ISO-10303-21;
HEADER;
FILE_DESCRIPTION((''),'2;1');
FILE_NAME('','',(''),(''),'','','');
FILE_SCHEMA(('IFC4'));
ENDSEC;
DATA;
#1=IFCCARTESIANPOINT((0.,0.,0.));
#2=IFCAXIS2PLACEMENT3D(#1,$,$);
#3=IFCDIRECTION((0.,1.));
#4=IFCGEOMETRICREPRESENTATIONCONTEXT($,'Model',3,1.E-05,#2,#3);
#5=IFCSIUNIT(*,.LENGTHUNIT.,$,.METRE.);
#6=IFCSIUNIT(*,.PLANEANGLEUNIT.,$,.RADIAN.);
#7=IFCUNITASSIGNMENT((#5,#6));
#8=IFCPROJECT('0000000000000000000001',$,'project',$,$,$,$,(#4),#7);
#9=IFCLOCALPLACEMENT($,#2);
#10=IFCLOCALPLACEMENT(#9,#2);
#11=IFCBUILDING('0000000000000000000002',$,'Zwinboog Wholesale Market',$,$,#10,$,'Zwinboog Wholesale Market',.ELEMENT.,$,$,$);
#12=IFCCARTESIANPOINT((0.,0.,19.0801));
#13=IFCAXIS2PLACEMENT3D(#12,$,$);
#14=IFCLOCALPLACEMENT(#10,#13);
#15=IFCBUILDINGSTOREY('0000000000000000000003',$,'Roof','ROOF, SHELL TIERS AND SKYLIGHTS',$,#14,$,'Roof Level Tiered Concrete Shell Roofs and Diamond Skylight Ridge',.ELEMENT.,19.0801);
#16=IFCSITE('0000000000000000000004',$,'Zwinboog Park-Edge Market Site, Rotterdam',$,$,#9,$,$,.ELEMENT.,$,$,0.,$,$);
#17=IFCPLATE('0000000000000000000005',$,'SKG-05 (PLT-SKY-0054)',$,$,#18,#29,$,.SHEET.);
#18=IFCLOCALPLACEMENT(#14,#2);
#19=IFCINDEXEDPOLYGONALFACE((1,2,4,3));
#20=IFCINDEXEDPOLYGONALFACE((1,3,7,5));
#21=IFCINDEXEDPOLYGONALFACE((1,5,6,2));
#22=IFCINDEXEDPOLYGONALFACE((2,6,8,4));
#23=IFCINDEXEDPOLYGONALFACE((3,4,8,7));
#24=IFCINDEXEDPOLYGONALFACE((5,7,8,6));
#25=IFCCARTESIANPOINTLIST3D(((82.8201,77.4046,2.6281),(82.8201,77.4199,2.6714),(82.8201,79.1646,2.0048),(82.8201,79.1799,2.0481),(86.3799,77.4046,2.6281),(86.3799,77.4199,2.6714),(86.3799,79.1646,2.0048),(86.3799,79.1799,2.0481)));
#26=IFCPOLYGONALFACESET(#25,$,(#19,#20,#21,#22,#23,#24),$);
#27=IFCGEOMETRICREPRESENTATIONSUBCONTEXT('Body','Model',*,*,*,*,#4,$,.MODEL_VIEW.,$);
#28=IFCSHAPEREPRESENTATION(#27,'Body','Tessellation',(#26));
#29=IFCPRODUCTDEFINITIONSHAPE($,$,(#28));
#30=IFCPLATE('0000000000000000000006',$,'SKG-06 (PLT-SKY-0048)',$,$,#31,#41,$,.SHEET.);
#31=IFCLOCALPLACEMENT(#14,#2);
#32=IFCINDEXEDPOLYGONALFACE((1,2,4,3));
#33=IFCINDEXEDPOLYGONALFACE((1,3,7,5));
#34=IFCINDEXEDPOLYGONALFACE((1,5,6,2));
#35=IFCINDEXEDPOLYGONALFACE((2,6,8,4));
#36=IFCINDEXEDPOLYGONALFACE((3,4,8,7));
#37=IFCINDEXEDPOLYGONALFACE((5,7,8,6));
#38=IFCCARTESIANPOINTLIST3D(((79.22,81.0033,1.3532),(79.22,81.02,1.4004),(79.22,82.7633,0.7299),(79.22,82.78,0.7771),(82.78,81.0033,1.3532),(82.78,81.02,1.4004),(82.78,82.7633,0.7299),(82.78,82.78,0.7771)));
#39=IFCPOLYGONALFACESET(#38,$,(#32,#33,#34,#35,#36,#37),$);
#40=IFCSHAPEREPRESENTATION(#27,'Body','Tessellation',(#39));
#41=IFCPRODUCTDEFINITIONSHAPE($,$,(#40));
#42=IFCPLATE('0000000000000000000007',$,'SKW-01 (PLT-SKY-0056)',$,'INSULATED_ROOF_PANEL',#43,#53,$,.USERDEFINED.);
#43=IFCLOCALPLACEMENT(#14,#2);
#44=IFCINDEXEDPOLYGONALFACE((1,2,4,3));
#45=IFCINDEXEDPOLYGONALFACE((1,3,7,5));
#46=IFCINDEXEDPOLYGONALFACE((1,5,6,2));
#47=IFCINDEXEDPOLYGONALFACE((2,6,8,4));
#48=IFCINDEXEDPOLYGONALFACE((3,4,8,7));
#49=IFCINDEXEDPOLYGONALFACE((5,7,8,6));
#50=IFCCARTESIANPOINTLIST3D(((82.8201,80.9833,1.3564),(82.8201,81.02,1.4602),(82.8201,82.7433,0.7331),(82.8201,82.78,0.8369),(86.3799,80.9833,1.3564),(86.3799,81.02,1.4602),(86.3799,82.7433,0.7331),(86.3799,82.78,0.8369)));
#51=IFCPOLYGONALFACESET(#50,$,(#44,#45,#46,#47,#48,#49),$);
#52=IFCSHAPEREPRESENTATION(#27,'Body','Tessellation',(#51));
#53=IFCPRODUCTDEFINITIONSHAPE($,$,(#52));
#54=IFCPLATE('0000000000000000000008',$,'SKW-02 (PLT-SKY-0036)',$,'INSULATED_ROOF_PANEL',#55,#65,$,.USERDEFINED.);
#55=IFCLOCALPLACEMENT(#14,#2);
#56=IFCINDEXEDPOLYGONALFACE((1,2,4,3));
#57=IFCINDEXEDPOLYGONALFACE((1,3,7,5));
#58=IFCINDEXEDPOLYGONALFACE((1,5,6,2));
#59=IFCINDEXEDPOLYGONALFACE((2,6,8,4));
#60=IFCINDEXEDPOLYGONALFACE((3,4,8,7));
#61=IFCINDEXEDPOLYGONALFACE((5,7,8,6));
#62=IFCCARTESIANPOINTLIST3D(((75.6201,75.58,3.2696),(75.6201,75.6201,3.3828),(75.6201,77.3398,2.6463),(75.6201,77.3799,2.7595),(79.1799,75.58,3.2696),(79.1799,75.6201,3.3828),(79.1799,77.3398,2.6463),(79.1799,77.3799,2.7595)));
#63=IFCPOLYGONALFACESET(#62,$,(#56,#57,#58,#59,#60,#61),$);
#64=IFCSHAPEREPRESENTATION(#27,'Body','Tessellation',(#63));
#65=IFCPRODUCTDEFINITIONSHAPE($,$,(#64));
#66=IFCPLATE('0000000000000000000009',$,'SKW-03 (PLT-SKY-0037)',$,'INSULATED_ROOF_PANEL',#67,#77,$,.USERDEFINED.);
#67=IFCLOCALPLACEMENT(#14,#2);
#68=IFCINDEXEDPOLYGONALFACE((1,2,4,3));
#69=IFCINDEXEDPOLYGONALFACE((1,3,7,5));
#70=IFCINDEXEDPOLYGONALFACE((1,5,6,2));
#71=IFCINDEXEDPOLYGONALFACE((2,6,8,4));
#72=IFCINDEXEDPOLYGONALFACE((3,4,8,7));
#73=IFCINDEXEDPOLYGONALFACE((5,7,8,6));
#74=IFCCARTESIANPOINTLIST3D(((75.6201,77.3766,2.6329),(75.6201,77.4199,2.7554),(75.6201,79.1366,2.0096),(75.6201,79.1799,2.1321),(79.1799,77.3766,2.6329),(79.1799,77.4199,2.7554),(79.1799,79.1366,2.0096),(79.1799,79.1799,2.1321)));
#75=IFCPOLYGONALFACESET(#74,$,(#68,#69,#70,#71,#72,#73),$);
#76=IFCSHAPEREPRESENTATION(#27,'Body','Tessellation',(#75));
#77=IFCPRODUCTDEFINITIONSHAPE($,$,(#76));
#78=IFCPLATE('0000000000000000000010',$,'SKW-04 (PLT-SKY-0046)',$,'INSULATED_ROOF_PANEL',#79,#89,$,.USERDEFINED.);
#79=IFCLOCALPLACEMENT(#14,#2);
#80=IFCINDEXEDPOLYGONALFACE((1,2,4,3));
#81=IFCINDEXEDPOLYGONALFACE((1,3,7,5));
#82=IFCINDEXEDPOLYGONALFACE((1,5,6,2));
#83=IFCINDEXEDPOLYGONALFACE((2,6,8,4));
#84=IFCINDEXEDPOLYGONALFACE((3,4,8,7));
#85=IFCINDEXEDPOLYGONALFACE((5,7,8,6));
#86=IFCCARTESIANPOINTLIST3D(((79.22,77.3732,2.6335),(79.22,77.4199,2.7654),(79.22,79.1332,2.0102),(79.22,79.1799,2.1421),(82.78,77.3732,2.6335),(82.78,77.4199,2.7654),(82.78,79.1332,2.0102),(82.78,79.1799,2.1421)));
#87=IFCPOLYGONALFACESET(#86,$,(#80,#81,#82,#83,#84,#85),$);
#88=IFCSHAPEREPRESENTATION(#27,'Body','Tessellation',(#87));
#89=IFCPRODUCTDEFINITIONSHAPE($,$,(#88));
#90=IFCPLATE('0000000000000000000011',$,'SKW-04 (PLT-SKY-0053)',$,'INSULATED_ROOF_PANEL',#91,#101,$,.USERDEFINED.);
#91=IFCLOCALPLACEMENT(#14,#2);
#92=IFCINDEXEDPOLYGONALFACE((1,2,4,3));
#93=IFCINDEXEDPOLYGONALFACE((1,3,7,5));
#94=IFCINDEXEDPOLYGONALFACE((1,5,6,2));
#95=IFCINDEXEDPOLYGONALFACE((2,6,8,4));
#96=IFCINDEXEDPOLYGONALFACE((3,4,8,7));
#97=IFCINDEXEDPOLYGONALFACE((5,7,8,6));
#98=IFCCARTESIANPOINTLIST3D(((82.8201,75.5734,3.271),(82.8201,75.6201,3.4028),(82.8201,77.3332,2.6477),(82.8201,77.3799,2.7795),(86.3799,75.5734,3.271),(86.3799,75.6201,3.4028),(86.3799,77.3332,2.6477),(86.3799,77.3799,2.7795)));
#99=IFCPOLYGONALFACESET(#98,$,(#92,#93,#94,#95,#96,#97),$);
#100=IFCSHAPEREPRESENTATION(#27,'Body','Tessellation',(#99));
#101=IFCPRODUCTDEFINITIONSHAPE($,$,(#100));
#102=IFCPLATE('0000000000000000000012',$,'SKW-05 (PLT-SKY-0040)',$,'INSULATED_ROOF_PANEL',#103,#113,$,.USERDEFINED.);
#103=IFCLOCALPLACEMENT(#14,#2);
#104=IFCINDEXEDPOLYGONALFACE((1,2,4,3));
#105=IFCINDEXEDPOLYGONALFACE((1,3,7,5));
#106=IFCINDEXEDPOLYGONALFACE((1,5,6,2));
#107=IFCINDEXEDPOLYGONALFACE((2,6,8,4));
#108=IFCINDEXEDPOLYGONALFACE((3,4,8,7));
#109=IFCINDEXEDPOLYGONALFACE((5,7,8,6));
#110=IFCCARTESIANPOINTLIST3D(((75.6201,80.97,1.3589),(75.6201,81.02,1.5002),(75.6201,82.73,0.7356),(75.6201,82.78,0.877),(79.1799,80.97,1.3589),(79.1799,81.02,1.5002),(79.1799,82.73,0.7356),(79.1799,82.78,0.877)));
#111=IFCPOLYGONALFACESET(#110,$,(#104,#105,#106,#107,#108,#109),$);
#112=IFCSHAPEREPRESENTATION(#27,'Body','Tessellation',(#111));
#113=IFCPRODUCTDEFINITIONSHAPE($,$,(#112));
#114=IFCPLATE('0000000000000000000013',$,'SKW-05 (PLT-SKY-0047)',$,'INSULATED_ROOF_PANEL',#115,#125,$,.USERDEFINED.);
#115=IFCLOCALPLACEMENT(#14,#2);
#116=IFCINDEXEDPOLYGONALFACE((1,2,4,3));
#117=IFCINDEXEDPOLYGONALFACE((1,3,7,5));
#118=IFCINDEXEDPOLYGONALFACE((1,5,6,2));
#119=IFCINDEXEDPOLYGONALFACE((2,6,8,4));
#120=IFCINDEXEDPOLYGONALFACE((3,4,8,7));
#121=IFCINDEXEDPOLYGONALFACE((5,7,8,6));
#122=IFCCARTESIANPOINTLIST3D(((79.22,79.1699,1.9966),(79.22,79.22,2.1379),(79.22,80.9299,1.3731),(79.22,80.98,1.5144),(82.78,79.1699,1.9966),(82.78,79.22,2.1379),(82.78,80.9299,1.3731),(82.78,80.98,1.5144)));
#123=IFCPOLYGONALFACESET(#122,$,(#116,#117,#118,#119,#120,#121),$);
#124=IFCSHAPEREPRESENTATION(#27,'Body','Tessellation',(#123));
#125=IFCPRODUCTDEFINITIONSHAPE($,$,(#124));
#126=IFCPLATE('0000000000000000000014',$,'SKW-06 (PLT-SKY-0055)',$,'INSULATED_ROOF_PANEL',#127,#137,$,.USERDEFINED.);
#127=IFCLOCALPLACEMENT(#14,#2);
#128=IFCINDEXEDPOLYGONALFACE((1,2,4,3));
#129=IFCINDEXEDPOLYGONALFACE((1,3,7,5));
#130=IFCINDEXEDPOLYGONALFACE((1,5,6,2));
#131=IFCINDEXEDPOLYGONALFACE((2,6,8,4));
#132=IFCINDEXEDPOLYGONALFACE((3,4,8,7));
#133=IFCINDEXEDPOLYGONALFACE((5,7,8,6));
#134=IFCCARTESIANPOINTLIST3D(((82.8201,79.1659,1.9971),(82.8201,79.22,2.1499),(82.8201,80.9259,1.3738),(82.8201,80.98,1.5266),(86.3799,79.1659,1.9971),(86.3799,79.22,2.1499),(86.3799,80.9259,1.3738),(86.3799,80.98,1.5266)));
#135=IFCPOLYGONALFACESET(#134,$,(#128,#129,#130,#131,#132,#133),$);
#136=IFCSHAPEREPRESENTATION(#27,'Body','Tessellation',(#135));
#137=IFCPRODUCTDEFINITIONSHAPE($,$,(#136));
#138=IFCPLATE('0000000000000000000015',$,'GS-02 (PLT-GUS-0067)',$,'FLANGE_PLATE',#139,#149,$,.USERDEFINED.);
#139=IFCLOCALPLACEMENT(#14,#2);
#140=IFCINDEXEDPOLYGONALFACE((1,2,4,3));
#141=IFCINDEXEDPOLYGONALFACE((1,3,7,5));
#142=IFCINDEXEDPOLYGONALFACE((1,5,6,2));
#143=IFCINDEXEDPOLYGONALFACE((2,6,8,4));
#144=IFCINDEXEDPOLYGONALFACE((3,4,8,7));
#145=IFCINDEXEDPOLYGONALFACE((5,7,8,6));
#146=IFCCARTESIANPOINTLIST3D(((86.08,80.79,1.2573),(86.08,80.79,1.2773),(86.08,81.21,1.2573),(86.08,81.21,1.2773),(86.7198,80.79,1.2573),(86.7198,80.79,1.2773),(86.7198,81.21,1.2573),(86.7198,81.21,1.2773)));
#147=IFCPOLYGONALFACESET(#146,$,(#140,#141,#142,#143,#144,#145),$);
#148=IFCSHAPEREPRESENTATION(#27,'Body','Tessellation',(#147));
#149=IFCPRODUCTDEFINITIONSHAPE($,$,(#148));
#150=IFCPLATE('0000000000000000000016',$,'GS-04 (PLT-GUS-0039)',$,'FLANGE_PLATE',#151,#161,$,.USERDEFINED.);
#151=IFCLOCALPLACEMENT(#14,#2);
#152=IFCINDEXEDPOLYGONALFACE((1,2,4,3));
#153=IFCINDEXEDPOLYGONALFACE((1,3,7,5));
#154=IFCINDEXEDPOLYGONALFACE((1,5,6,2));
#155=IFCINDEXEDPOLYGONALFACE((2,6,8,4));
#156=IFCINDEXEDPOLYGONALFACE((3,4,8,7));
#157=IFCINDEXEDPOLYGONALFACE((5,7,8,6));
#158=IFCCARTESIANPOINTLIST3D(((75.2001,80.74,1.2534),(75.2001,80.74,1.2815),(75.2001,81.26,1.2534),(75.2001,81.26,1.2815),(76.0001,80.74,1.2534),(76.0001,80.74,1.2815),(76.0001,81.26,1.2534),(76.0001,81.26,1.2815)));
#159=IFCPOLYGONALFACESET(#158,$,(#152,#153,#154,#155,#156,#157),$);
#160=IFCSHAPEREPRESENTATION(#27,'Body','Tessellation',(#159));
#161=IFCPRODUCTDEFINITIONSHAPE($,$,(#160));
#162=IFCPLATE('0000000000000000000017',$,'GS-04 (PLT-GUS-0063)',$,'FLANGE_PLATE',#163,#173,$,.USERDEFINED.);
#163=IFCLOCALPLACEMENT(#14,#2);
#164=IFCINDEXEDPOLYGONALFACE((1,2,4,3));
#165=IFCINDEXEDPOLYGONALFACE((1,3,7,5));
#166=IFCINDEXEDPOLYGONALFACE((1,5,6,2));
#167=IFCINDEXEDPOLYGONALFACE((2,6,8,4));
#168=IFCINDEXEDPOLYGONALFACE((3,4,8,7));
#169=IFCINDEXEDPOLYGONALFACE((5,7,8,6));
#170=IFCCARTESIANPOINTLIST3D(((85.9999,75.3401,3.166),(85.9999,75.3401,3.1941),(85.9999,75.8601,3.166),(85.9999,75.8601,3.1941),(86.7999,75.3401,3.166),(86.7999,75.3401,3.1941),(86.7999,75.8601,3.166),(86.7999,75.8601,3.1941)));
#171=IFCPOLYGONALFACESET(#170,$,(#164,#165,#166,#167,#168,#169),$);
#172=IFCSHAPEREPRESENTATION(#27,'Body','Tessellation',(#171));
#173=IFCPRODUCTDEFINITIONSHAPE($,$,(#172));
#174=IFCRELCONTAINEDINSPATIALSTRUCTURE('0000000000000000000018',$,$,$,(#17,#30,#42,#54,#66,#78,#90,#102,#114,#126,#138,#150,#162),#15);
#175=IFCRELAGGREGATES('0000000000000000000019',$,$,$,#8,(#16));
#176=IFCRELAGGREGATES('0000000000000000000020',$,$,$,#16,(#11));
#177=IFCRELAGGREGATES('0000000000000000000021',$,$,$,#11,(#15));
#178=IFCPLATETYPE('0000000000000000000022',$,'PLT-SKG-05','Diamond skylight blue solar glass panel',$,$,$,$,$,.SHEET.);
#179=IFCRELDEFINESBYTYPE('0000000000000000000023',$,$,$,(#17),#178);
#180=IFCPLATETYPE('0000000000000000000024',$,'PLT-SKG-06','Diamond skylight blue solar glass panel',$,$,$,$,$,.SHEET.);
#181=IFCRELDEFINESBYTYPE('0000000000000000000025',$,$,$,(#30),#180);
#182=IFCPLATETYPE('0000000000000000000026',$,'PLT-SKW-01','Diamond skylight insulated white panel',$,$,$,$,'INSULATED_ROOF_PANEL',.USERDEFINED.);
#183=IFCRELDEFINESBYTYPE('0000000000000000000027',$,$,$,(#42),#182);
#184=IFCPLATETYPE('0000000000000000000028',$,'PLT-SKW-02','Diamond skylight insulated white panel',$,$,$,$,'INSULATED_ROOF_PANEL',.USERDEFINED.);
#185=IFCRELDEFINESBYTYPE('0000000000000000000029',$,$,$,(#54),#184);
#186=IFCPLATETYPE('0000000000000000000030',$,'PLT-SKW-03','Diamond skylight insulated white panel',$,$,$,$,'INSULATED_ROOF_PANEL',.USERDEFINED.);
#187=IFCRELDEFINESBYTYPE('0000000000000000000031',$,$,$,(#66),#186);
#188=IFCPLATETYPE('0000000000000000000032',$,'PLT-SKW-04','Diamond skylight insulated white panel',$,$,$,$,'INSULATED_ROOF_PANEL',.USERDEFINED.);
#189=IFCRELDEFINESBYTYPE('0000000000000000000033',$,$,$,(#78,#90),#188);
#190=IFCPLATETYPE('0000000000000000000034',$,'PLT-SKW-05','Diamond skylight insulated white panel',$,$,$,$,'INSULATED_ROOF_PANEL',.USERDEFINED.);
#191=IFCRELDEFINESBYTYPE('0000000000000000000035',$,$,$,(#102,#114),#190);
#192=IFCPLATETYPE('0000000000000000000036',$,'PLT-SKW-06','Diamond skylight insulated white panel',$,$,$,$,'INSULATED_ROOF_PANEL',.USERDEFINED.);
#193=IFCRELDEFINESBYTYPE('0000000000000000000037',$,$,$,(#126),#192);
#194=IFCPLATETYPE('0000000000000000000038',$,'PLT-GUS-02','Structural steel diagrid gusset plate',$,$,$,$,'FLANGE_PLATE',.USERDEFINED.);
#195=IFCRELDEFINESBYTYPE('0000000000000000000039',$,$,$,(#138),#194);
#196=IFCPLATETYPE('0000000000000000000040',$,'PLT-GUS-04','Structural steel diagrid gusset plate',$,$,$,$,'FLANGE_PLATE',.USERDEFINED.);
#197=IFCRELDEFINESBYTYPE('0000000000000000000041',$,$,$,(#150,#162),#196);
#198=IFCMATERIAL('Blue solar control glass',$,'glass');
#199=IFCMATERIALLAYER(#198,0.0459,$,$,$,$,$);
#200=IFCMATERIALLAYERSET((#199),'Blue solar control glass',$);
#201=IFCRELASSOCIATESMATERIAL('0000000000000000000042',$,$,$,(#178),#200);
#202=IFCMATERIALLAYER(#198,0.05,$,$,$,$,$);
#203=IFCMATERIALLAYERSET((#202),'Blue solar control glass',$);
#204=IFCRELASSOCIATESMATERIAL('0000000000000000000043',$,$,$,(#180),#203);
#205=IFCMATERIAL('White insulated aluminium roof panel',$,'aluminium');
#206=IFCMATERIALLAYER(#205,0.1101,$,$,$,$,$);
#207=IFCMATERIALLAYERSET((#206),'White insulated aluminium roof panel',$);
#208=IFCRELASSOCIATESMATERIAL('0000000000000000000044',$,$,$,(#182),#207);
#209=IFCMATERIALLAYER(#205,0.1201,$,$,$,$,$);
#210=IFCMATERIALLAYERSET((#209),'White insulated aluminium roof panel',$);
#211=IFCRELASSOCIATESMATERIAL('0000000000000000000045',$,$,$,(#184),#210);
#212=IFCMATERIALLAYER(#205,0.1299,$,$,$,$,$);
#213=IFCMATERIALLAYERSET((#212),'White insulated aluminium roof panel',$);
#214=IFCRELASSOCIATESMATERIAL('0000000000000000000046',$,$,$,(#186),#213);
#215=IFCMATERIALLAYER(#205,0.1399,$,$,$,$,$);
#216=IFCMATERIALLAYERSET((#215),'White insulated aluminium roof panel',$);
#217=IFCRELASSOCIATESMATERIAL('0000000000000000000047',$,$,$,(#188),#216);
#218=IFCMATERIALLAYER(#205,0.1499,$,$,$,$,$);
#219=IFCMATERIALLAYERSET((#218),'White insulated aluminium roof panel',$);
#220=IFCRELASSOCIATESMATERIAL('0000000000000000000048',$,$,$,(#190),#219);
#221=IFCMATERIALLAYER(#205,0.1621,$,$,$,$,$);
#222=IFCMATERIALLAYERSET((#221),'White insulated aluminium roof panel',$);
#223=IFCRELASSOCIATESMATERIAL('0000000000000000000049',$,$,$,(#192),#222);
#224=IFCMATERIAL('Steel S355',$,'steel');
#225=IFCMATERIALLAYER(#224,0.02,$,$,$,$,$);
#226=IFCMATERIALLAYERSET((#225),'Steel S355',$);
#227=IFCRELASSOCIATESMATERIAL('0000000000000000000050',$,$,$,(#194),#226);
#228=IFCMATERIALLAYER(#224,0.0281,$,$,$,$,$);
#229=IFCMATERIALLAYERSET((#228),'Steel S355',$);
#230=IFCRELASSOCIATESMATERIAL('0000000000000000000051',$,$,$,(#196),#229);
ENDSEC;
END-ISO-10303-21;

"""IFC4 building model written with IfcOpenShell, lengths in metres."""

from ifc_helpers import new_model, si_unit, direction, frame, origin, origin_2d, place, context, subcontext, project, spatial, polyline, rectangle, outline, extrude, material, layer, layer_set, type_object, element, save


model = new_model("IFC4")

# Units and contexts
model_context = context("Model", 3, precision=1e-05, world=origin(), true_north=direction((0.0, 1.0)))
body_context = subcontext(model_context, "Body", "Model", "MODEL_VIEW")
ifc_project = project(units=[si_unit("LENGTHUNIT", "METRE"), si_unit("PLANEANGLEUNIT", "RADIAN")], contexts=[model_context])

# Site, building, storey
site_placement = place(None, origin())
site = spatial("IfcSite", under=ifc_project, at=site_placement, Name="Zwinboog Park-Edge Market Site, Rotterdam", CompositionType="ELEMENT", RefElevation=0.0)
building_placement = place(site_placement, origin())
building = spatial("IfcBuilding", under=site, at=building_placement, Name="Zwinboog Wholesale Market", LongName="Zwinboog Wholesale Market", CompositionType="ELEMENT")
storey_placement = place(building_placement, frame((0.0, 0.0, 19.0801)))
storey = spatial("IfcBuildingStorey", under=building, at=storey_placement, Name="Roof", Description="ROOF, SHELL TIERS AND SKYLIGHTS", LongName="Roof Level Tiered Concrete Shell Roofs and Diamond Skylight Ridge", CompositionType="ELEMENT", Elevation=19.0801)

# Shared definitions
ifc_material_1 = material(Name="Steel S355", Category="steel")

# Plates
ifc_material_2 = material(Name="Blue solar control glass", Category="glass")
ifc_layer_1 = layer(ifc_material_2, 0.0459)
ifc_layer_set_1 = layer_set([ifc_layer_1], Name="Blue solar control glass")
plate_type_1 = type_object("IfcPlateType", Name="PLT-SKG-05", Description="Diamond skylight blue solar glass panel", PredefinedType="SHEET", material=ifc_layer_set_1)
plate_1_placement = place(storey_placement, frame((82.8201, 77.4199, 2.6714), z_axis=(0.0, 0.333825, 0.942635), x_axis=(1.0, 0.0, 0.0)))
element("IfcPlate", 1, at=plate_1_placement, inside=storey, type_object=plate_type_1, Name="SKG-05 (PLT-SKY-0054)", PredefinedType="SHEET", context=body_context, shape_type="SweptSolid", body=[
    extrude(outline(polyline([(0.0, 0.0), (3.5598, 0.0), (3.5598, 1.8671), (0.0, 1.8671), (0.0, 0.0)])), origin(), (0.0, 0.0, -1.0), 0.0459),
])
ifc_layer_2 = layer(ifc_material_2, 0.05)
ifc_layer_set_2 = layer_set([ifc_layer_2], Name="Blue solar control glass")
plate_type_2 = type_object("IfcPlateType", Name="PLT-SKG-06", Description="Diamond skylight blue solar glass panel", PredefinedType="SHEET", material=ifc_layer_set_2)
plate_2_placement = place(storey_placement, frame((79.22, 81.02, 1.4004), z_axis=(0.0, 0.333825, 0.942635), x_axis=(1.0, 0.0, 0.0)))
element("IfcPlate", 2, at=plate_2_placement, inside=storey, type_object=plate_type_2, Name="SKG-06 (PLT-SKY-0048)", PredefinedType="SHEET", context=body_context, shape_type="SweptSolid", body=[
    extrude(outline(polyline([(0.0, 0.0), (3.5601, 0.0), (3.5601, 1.8671), (0.0, 1.8671), (0.0, 0.0)])), origin(), (0.0, 0.0, -1.0), 0.05),
])
ifc_material_3 = material(Name="White insulated aluminium roof panel", Category="aluminium")
ifc_layer_3 = layer(ifc_material_3, 0.1101)
ifc_layer_set_3 = layer_set([ifc_layer_3], Name="White insulated aluminium roof panel")
plate_type_3 = type_object("IfcPlateType", Name="PLT-SKW-01", Description="Diamond skylight insulated white panel", ElementType="INSULATED_ROOF_PANEL", PredefinedType="USERDEFINED", material=ifc_layer_set_3)
plate_3_placement = place(storey_placement, frame((82.8201, 81.02, 1.4602), z_axis=(0.0, 0.333825, 0.942635), x_axis=(1.0, 0.0, 0.0)))
element("IfcPlate", 3, at=plate_3_placement, inside=storey, type_object=plate_type_3, Name="SKW-01 (PLT-SKY-0056)", ObjectType="INSULATED_ROOF_PANEL", PredefinedType="USERDEFINED", context=body_context, shape_type="SweptSolid", body=[
    extrude(outline(polyline([(0.0, 0.0), (3.5598, 0.0), (3.5598, 1.8671), (0.0, 1.8671), (0.0, 0.0)])), origin(), (0.0, 0.0, -1.0), 0.1101),
])
ifc_layer_4 = layer(ifc_material_3, 0.1201)
ifc_layer_set_4 = layer_set([ifc_layer_4], Name="White insulated aluminium roof panel")
plate_type_4 = type_object("IfcPlateType", Name="PLT-SKW-02", Description="Diamond skylight insulated white panel", ElementType="INSULATED_ROOF_PANEL", PredefinedType="USERDEFINED", material=ifc_layer_set_4)
plate_4_placement = place(storey_placement, frame((75.6201, 75.6201, 3.3828), z_axis=(0.0, 0.333867, 0.94262), x_axis=(1.0, 0.0, 0.0)))
element("IfcPlate", 4, at=plate_4_placement, inside=storey, type_object=plate_type_4, Name="SKW-02 (PLT-SKY-0036)", ObjectType="INSULATED_ROOF_PANEL", PredefinedType="USERDEFINED", context=body_context, shape_type="SweptSolid", body=[
    extrude(outline(polyline([(0.0, 0.0), (3.5598, 0.0), (3.5598, 1.8669), (0.0, 1.8669), (0.0, 0.0)])), origin(), (0.0, 0.0, -1.0), 0.1201),
])
ifc_layer_5 = layer(ifc_material_3, 0.1299)
ifc_layer_set_5 = layer_set([ifc_layer_5], Name="White insulated aluminium roof panel")
plate_type_5 = type_object("IfcPlateType", Name="PLT-SKW-03", Description="Diamond skylight insulated white panel", ElementType="INSULATED_ROOF_PANEL", PredefinedType="USERDEFINED", material=ifc_layer_set_5)
plate_5_placement = place(storey_placement, frame((75.6201, 77.4199, 2.7554), z_axis=(0.0, 0.333825, 0.942635), x_axis=(1.0, 0.0, 0.0)))
element("IfcPlate", 5, at=plate_5_placement, inside=storey, type_object=plate_type_5, Name="SKW-03 (PLT-SKY-0037)", ObjectType="INSULATED_ROOF_PANEL", PredefinedType="USERDEFINED", context=body_context, shape_type="SweptSolid", body=[
    extrude(outline(polyline([(0.0, 0.0), (3.5598, 0.0), (3.5598, 1.8671), (0.0, 1.8671), (0.0, 0.0)])), origin(), (0.0, 0.0, -1.0), 0.1299),
])
ifc_layer_6 = layer(ifc_material_3, 0.1399)
ifc_layer_set_6 = layer_set([ifc_layer_6], Name="White insulated aluminium roof panel")
plate_type_6 = type_object("IfcPlateType", Name="PLT-SKW-04", Description="Diamond skylight insulated white panel", ElementType="INSULATED_ROOF_PANEL", PredefinedType="USERDEFINED", material=ifc_layer_set_6)
plate_6_placement = place(storey_placement, frame((79.22, 77.4199, 2.7654), z_axis=(0.0, 0.333825, 0.942635), x_axis=(1.0, 0.0, 0.0)))
element("IfcPlate", 6, at=plate_6_placement, inside=storey, type_object=plate_type_6, Name="SKW-04 (PLT-SKY-0046)", ObjectType="INSULATED_ROOF_PANEL", PredefinedType="USERDEFINED", context=body_context, shape_type="SweptSolid", body=[
    extrude(outline(polyline([(0.0, 0.0), (3.5601, 0.0), (3.5601, 1.8671), (0.0, 1.8671), (0.0, 0.0)])), origin(), (0.0, 0.0, -1.0), 0.1399),
])
plate_7_placement = place(storey_placement, frame((82.8201, 75.6201, 3.4028), z_axis=(0.0, 0.333867, 0.94262), x_axis=(1.0, 0.0, 0.0)))
element("IfcPlate", 7, at=plate_7_placement, inside=storey, type_object=plate_type_6, Name="SKW-04 (PLT-SKY-0053)", ObjectType="INSULATED_ROOF_PANEL", PredefinedType="USERDEFINED", context=body_context, shape_type="SweptSolid", body=[
    extrude(outline(polyline([(0.0, 0.0), (3.5598, 0.0), (3.5598, 1.8669), (0.0, 1.8669), (0.0, 0.0)])), origin(), (0.0, 0.0, -1.0), 0.1399),
])
ifc_layer_7 = layer(ifc_material_3, 0.1499)
ifc_layer_set_7 = layer_set([ifc_layer_7], Name="White insulated aluminium roof panel")
plate_type_7 = type_object("IfcPlateType", Name="PLT-SKW-05", Description="Diamond skylight insulated white panel", ElementType="INSULATED_ROOF_PANEL", PredefinedType="USERDEFINED", material=ifc_layer_set_7)
plate_8_placement = place(storey_placement, frame((75.6201, 81.02, 1.5002), z_axis=(0.0, 0.333825, 0.942635), x_axis=(1.0, 0.0, 0.0)))
element("IfcPlate", 8, at=plate_8_placement, inside=storey, type_object=plate_type_7, Name="SKW-05 (PLT-SKY-0040)", ObjectType="INSULATED_ROOF_PANEL", PredefinedType="USERDEFINED", context=body_context, shape_type="SweptSolid", body=[
    extrude(outline(polyline([(0.0, 0.0), (3.5598, 0.0), (3.5598, 1.8671), (0.0, 1.8671), (0.0, 0.0)])), origin(), (0.0, 0.0, -1.0), 0.1499),
])
plate_9_placement = place(storey_placement, frame((79.22, 79.22, 2.1379), z_axis=(0.0, 0.333942, 0.942594), x_axis=(1.0, 0.0, 0.0)))
element("IfcPlate", 9, at=plate_9_placement, inside=storey, type_object=plate_type_7, Name="SKW-05 (PLT-SKY-0047)", ObjectType="INSULATED_ROOF_PANEL", PredefinedType="USERDEFINED", context=body_context, shape_type="SweptSolid", body=[
    extrude(outline(polyline([(0.0, 0.0), (3.5601, 0.0), (3.5601, 1.8672), (0.0, 1.8672), (0.0, 0.0)])), origin(), (0.0, 0.0, -1.0), 0.1499),
])
ifc_layer_8 = layer(ifc_material_3, 0.1621)
ifc_layer_set_8 = layer_set([ifc_layer_8], Name="White insulated aluminium roof panel")
plate_type_8 = type_object("IfcPlateType", Name="PLT-SKW-06", Description="Diamond skylight insulated white panel", ElementType="INSULATED_ROOF_PANEL", PredefinedType="USERDEFINED", material=ifc_layer_set_8)
plate_10_placement = place(storey_placement, frame((82.8201, 79.22, 2.1499), z_axis=(0.0, 0.333825, 0.942635), x_axis=(1.0, 0.0, 0.0)))
element("IfcPlate", 10, at=plate_10_placement, inside=storey, type_object=plate_type_8, Name="SKW-06 (PLT-SKY-0055)", ObjectType="INSULATED_ROOF_PANEL", PredefinedType="USERDEFINED", context=body_context, shape_type="SweptSolid", body=[
    extrude(outline(polyline([(0.0, 0.0), (3.5598, 0.0), (3.5598, 1.8671), (0.0, 1.8671), (0.0, 0.0)])), origin(), (0.0, 0.0, -1.0), 0.1621),
])
ifc_layer_9 = layer(ifc_material_1, 0.02)
ifc_layer_set_9 = layer_set([ifc_layer_9], Name="Steel S355")
plate_type_9 = type_object("IfcPlateType", Name="PLT-GUS-02", Description="Structural steel diagrid gusset plate", ElementType="FLANGE_PLATE", PredefinedType="USERDEFINED", material=ifc_layer_set_9)
plate_11_placement = place(storey_placement, frame((86.3999, 81.0, 1.2573), z_axis=(0.0, 0.0, 1.0), x_axis=(1.0, 0.0, 0.0)))
element("IfcPlate", 11, at=plate_11_placement, inside=storey, type_object=plate_type_9, Name="GS-02 (PLT-GUS-0067)", ObjectType="FLANGE_PLATE", PredefinedType="USERDEFINED", context=body_context, shape_type="SweptSolid", body=[
    extrude(rectangle(XDim=0.6399, YDim=0.4199, at=origin_2d()), origin(), (0.0, 0.0, 1.0), 0.02),
])
ifc_layer_10 = layer(ifc_material_1, 0.0281)
ifc_layer_set_10 = layer_set([ifc_layer_10], Name="Steel S355")
plate_type_10 = type_object("IfcPlateType", Name="PLT-GUS-04", Description="Structural steel diagrid gusset plate", ElementType="FLANGE_PLATE", PredefinedType="USERDEFINED", material=ifc_layer_set_10)
for number, where, z_axis, x_axis, name in (
    (12, (75.6001, 81.0, 1.2534), (0.0, 0.0, 1.0), (1.0, 0.0, 0.0), "GS-04 (PLT-GUS-0039)"),
    (13, (86.3999, 75.6001, 3.166), (0.0, 0.0, 1.0), (1.0, 0.0, 0.0), "GS-04 (PLT-GUS-0063)"),
):
    element("IfcPlate", number, at=place(storey_placement, frame(where, z_axis=z_axis, x_axis=x_axis)), inside=storey, type_object=plate_type_10, Name=name, ObjectType="FLANGE_PLATE", PredefinedType="USERDEFINED", context=body_context, shape_type="SweptSolid", body=[
        extrude(rectangle(XDim=0.8, YDim=0.52, at=origin_2d()), origin(), (0.0, 0.0, 1.0), 0.0281),
    ])

save(model, "model.ifc")
